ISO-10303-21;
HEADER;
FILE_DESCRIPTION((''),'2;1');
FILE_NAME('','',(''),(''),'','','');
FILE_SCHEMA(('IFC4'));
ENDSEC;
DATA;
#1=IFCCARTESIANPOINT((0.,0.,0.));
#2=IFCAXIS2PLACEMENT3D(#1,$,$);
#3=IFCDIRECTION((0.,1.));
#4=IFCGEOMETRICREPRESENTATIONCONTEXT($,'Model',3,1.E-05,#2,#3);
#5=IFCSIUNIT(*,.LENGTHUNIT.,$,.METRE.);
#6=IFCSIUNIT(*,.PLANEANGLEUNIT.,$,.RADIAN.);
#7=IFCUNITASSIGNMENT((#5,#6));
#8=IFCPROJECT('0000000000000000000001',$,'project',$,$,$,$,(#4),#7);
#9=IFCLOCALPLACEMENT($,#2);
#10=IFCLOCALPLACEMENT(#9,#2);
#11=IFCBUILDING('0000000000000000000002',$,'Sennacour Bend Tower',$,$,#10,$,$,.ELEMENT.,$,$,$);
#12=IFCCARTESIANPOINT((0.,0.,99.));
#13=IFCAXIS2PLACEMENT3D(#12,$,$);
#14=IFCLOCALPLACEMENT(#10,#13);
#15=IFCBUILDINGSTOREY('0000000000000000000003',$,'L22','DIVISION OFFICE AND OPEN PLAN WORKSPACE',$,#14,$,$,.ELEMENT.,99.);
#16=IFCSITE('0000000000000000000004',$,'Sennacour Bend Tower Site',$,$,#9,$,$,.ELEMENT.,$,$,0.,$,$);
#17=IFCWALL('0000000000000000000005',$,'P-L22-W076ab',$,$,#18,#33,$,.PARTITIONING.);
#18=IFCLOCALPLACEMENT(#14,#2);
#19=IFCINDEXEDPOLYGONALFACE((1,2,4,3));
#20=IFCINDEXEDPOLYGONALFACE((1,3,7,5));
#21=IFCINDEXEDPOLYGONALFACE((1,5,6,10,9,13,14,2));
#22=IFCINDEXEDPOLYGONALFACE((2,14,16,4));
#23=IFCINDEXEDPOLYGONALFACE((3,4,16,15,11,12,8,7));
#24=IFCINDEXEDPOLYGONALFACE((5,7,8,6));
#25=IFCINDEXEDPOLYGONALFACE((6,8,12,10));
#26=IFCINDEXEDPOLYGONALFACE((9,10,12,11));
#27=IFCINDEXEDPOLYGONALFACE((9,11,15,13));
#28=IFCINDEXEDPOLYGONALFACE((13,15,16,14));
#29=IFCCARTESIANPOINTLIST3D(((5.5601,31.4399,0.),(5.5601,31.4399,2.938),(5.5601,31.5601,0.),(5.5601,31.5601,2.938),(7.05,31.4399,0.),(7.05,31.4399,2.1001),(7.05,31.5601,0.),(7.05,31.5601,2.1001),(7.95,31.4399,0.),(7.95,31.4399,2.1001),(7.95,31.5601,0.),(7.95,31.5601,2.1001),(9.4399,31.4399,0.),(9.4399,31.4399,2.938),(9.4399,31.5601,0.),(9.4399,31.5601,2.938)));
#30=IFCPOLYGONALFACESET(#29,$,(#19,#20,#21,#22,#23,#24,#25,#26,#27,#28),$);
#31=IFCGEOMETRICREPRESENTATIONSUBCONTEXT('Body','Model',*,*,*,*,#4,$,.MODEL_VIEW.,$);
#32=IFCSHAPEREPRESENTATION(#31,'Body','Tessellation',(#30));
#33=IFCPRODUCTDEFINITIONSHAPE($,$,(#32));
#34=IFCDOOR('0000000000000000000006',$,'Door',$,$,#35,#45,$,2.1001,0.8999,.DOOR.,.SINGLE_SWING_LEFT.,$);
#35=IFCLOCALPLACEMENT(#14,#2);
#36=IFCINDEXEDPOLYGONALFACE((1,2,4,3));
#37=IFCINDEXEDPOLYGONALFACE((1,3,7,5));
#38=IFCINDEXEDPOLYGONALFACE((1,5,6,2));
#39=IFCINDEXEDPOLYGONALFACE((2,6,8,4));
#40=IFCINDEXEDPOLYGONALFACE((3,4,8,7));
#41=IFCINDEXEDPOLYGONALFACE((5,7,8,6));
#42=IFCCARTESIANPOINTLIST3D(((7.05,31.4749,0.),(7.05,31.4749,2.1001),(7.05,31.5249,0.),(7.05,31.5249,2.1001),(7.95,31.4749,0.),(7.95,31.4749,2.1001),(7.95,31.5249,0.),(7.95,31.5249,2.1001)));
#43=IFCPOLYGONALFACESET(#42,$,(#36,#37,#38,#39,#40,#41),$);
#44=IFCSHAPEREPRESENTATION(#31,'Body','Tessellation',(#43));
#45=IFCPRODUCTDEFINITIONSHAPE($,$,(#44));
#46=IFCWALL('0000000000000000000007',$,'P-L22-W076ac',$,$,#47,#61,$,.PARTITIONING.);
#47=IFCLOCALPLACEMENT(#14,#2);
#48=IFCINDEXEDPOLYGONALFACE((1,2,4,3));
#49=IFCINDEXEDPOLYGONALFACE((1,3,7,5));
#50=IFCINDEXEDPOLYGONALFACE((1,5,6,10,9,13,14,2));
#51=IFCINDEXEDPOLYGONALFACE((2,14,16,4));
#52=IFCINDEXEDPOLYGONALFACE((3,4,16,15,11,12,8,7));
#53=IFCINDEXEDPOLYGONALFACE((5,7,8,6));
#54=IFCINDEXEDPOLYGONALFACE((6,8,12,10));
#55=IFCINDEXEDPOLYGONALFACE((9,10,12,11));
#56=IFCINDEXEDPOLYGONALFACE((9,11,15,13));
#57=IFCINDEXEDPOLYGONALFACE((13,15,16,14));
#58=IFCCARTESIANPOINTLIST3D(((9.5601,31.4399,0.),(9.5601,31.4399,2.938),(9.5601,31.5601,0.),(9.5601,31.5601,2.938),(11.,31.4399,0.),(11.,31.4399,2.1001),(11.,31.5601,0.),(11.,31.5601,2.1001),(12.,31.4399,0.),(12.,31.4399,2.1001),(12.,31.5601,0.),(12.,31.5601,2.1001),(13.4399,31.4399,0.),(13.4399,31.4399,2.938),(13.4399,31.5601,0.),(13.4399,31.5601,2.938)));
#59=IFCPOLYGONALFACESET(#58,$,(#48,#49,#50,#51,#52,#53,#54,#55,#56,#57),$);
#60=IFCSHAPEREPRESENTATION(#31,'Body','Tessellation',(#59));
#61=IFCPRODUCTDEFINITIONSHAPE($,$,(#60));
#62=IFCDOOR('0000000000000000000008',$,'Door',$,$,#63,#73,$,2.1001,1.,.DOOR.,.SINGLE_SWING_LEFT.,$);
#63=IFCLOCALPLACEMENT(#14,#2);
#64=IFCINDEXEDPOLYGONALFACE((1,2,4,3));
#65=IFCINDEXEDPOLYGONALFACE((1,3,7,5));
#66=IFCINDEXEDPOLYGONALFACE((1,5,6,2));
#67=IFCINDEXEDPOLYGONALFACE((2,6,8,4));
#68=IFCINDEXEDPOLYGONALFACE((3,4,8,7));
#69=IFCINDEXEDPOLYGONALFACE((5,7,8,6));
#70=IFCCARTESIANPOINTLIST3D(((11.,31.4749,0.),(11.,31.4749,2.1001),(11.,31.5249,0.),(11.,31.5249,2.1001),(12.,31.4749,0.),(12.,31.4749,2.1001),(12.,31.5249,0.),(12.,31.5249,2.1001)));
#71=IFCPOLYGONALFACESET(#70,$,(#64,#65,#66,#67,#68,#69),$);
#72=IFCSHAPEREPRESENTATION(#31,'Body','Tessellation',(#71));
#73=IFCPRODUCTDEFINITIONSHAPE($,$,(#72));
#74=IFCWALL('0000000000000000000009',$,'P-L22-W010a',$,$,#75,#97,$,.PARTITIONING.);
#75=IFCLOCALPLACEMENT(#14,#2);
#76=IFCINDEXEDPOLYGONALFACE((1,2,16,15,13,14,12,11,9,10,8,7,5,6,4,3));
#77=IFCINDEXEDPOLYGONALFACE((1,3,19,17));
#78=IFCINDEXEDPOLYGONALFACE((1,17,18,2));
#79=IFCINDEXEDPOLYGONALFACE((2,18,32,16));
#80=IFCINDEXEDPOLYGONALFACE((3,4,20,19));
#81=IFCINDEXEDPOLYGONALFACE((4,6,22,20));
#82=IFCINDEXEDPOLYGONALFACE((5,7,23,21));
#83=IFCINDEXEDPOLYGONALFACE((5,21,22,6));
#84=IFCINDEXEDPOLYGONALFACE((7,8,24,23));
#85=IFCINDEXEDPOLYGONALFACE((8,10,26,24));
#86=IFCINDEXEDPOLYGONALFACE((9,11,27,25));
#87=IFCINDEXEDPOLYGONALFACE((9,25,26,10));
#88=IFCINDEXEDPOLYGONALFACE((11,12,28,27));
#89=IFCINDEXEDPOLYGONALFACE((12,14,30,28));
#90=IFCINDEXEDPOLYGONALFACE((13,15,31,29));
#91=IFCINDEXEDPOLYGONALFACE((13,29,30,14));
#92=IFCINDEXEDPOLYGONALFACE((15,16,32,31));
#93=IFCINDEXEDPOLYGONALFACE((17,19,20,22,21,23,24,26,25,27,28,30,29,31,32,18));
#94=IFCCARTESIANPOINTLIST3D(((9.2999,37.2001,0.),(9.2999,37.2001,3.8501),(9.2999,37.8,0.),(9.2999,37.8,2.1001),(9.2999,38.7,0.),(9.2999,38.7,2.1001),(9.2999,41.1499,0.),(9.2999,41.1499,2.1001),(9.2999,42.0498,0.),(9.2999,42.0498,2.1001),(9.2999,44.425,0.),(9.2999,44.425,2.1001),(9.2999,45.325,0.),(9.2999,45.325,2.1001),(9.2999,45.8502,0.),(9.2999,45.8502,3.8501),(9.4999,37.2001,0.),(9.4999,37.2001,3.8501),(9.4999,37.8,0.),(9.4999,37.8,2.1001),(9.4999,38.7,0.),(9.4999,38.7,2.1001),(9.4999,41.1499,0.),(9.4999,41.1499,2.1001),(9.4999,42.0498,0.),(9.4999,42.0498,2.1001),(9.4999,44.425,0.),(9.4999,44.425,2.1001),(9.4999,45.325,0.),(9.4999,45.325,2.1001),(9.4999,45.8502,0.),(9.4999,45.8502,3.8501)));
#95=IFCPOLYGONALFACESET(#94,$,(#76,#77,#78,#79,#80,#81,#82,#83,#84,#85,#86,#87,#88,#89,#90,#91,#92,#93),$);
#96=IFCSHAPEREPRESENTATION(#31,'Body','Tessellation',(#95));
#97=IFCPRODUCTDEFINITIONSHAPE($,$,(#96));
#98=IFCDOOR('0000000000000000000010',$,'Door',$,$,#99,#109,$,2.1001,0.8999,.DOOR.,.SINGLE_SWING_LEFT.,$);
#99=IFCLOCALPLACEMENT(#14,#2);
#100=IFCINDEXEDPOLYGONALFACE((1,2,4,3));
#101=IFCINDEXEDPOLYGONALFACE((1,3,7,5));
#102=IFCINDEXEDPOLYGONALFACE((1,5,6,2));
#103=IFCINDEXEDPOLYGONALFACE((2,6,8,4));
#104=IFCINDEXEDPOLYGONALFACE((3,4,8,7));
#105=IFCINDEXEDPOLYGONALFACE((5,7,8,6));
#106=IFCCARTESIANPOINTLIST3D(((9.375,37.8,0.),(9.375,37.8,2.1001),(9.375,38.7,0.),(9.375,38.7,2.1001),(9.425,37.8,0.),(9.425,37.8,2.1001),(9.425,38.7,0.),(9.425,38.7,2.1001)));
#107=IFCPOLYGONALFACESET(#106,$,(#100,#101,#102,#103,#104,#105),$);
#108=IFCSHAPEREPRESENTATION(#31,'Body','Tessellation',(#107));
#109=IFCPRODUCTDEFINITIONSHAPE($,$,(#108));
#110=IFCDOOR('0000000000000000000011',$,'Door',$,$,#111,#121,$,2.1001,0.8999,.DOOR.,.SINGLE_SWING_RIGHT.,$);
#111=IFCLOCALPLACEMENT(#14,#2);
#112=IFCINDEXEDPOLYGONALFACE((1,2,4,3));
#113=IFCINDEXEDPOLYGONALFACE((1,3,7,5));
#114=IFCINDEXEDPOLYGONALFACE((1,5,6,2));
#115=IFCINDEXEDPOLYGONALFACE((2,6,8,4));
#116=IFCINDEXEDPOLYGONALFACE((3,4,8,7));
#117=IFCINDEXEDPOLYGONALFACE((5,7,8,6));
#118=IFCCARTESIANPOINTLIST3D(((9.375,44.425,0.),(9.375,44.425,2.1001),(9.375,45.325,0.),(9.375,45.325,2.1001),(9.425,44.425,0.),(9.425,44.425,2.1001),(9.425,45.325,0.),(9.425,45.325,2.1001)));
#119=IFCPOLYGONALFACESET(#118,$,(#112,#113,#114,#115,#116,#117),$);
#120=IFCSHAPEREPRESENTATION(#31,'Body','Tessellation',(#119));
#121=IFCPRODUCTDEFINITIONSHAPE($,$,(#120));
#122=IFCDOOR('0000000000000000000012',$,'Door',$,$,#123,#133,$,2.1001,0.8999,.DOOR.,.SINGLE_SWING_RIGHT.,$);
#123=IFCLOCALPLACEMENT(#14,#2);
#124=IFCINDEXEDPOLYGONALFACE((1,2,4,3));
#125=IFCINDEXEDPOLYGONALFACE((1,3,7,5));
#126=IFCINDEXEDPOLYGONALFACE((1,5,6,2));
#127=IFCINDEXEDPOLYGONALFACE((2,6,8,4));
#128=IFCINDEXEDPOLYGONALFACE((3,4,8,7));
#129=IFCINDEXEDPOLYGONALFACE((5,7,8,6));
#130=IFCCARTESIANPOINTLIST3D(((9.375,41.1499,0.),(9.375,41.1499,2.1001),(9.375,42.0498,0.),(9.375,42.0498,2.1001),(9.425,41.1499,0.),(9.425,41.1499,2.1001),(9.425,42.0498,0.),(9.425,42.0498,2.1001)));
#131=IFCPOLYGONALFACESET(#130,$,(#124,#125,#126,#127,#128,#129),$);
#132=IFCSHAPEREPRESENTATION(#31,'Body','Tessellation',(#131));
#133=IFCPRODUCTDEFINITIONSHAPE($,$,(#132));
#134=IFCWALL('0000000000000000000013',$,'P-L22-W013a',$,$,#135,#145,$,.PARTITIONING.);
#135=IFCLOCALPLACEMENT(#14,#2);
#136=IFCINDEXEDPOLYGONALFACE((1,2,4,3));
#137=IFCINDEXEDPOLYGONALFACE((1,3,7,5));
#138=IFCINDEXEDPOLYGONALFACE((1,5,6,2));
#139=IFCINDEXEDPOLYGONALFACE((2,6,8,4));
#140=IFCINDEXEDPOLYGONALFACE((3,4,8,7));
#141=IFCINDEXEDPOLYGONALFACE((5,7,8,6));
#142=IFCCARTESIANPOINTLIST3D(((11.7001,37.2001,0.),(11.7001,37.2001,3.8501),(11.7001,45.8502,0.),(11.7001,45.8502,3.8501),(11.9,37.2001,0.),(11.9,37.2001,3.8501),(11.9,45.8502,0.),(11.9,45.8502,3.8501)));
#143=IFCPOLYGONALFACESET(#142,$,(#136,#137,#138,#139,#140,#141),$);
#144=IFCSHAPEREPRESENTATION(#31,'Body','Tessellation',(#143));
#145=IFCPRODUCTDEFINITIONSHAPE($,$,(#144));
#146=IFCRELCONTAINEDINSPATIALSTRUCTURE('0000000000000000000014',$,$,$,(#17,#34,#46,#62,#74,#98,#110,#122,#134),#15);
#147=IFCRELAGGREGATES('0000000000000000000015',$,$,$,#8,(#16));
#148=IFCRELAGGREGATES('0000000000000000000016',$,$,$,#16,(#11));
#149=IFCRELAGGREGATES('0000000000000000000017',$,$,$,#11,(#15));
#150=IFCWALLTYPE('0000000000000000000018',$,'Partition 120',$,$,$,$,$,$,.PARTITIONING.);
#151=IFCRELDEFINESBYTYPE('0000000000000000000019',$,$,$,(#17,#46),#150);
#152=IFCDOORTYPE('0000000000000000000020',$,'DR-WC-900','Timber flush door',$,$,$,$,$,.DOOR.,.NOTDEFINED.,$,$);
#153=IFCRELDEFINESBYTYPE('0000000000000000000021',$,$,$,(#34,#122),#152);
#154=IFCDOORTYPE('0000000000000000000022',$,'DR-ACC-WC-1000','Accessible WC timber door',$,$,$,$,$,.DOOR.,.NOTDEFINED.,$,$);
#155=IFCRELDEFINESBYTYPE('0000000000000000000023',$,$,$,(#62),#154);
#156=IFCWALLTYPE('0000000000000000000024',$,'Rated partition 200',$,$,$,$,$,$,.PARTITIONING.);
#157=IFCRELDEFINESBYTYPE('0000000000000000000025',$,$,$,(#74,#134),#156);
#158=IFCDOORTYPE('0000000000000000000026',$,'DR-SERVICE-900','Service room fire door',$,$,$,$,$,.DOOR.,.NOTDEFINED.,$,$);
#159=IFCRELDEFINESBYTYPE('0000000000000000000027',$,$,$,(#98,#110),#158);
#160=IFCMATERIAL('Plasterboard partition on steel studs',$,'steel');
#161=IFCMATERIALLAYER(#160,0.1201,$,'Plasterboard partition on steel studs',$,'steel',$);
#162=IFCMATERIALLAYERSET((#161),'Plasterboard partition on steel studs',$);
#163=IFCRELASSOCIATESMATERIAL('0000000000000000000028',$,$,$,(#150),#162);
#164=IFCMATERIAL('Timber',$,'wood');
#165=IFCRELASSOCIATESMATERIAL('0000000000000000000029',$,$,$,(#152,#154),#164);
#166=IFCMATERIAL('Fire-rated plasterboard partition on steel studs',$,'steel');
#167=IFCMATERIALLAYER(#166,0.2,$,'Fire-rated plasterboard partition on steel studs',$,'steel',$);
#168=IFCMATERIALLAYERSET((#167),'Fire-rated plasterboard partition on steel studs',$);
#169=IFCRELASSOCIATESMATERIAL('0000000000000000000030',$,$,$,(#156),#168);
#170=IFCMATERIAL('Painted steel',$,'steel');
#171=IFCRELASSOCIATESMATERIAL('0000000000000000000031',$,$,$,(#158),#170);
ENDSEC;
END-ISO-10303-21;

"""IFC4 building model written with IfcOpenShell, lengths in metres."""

from ifc_helpers import new_model, si_unit, direction, frame, frame_2d, origin, place, context, subcontext, project, spatial, rectangle, extrude, material, layer, layer_set, type_object, element, fill, save


model = new_model("IFC4")

# Units and contexts
model_context = context("Model", 3, precision=1e-05, world=origin(), true_north=direction((0.0, 1.0)))
body_context = subcontext(model_context, "Body", "Model", "MODEL_VIEW")
ifc_project = project(units=[si_unit("LENGTHUNIT", "METRE"), si_unit("PLANEANGLEUNIT", "RADIAN")], contexts=[model_context])

# Site, building, storey
site_placement = place(None, origin())
site = spatial("IfcSite", under=ifc_project, at=site_placement, Name="Sennacour Bend Tower Site", CompositionType="ELEMENT", RefElevation=0.0)
building_placement = place(site_placement, origin())
building = spatial("IfcBuilding", under=site, at=building_placement, Name="Sennacour Bend Tower", CompositionType="ELEMENT")
storey_placement = place(building_placement, frame((0.0, 0.0, 99.0)))
storey = spatial("IfcBuildingStorey", under=building, at=storey_placement, Name="L22", Description="DIVISION OFFICE AND OPEN PLAN WORKSPACE", CompositionType="ELEMENT", Elevation=99.0)

# Shared definitions
ifc_material_1 = material(Name="Plasterboard partition on steel studs", Category="steel")
ifc_layer_1 = layer(ifc_material_1, 0.1201, Name="Plasterboard partition on steel studs", Category="steel")
ifc_layer_set_1 = layer_set([ifc_layer_1], Name="Plasterboard partition on steel studs")
wall_type_1 = type_object("IfcWallType", Name="Partition 120", PredefinedType="PARTITIONING", material=ifc_layer_set_1)

# Walls, openings, doors
wall_1_placement = place(storey_placement, frame((5.5601, 31.5, 0.0), z_axis=(0.0, 0.0, 1.0), x_axis=(1.0, 0.0, 0.0)))
wall_1 = element("IfcWall", 1, at=wall_1_placement, inside=storey, type_object=wall_type_1, Name="P-L22-W076ab", PredefinedType="PARTITIONING", context=body_context, shape_type="SweptSolid", body=[
    extrude(rectangle(XDim=3.8799, YDim=0.1201, at=frame_2d((1.9399, 0.0))), origin(), (0.0, 0.0, 1.0), 2.938),
])
opening_1_placement = place(wall_1_placement, frame((1.49, 0.0, 0.0)))
opening_1 = element("IfcOpeningElement", 2, at=opening_1_placement, cuts=wall_1, PredefinedType="OPENING", context=body_context, shape_type="SweptSolid", body=[
    extrude(rectangle(XDim=0.8999, YDim=2.1001, at=frame_2d((0.45, 1.05))), frame((0.0, 0.0701, 0.0), z_axis=(0.0, -1.0, 0.0), x_axis=(1.0, 0.0, 0.0)), (0.0, 0.0, 1.0), 0.1401),
])
ifc_material_2 = material(Name="Timber", Category="wood")
door_type_1 = type_object("IfcDoorType", Name="DR-WC-900", Description="Timber flush door", OperationType="NOTDEFINED", PredefinedType="DOOR", material=ifc_material_2)
door_1_placement = place(opening_1_placement, origin())
door_1 = element("IfcDoor", 3, at=door_1_placement, inside=storey, type_object=door_type_1, Name="Door", OperationType="SINGLE_SWING_LEFT", OverallHeight=2.1001, OverallWidth=0.8999, PredefinedType="DOOR", context=body_context, shape_type="SweptSolid", body=[
    extrude(rectangle(XDim=0.8999, YDim=2.1001, at=frame_2d((0.45, 1.05))), frame((0.0, 0.0249, 0.0), z_axis=(0.0, -1.0, 0.0), x_axis=(1.0, 0.0, 0.0)), (0.0, 0.0, 1.0), 0.05),
])
fill(opening_1, door_1)
wall_2_placement = place(storey_placement, frame((9.5601, 31.5, 0.0), z_axis=(0.0, 0.0, 1.0), x_axis=(1.0, 0.0, 0.0)))
wall_2 = element("IfcWall", 4, at=wall_2_placement, inside=storey, type_object=wall_type_1, Name="P-L22-W076ac", PredefinedType="PARTITIONING", context=body_context, shape_type="SweptSolid", body=[
    extrude(rectangle(XDim=3.8799, YDim=0.1201, at=frame_2d((1.9399, 0.0))), origin(), (0.0, 0.0, 1.0), 2.938),
])
opening_2_placement = place(wall_2_placement, frame((1.4399, 0.0, 0.0)))
opening_2 = element("IfcOpeningElement", 5, at=opening_2_placement, cuts=wall_2, PredefinedType="OPENING", context=body_context, shape_type="SweptSolid", body=[
    extrude(rectangle(XDim=1.0, YDim=2.1001, at=frame_2d((0.5, 1.05))), frame((0.0, 0.0701, 0.0), z_axis=(0.0, -1.0, 0.0), x_axis=(1.0, 0.0, 0.0)), (0.0, 0.0, 1.0), 0.1401),
])
door_type_2 = type_object("IfcDoorType", Name="DR-ACC-WC-1000", Description="Accessible WC timber door", OperationType="NOTDEFINED", PredefinedType="DOOR", material=ifc_material_2)
door_2_placement = place(opening_2_placement, origin())
door_2 = element("IfcDoor", 6, at=door_2_placement, inside=storey, type_object=door_type_2, Name="Door", OperationType="SINGLE_SWING_LEFT", OverallHeight=2.1001, OverallWidth=1.0, PredefinedType="DOOR", context=body_context, shape_type="SweptSolid", body=[
    extrude(rectangle(XDim=1.0, YDim=2.1001, at=frame_2d((0.5, 1.05))), frame((0.0, 0.0249, 0.0), z_axis=(0.0, -1.0, 0.0), x_axis=(1.0, 0.0, 0.0)), (0.0, 0.0, 1.0), 0.05),
])
fill(opening_2, door_2)

# Wall, openings, doors
ifc_material_3 = material(Name="Fire-rated plasterboard partition on steel studs", Category="steel")
ifc_layer_2 = layer(ifc_material_3, 0.2, Name="Fire-rated plasterboard partition on steel studs", Category="steel")
ifc_layer_set_2 = layer_set([ifc_layer_2], Name="Fire-rated plasterboard partition on steel studs")
wall_type_2 = type_object("IfcWallType", Name="Rated partition 200", PredefinedType="PARTITIONING", material=ifc_layer_set_2)
wall_3_placement = place(storey_placement, frame((9.3999, 37.2, 0.0), z_axis=(0.0, 0.0, 1.0), x_axis=(0.0, 1.0, 0.0)))
wall_3 = element("IfcWall", 7, at=wall_3_placement, inside=storey, type_object=wall_type_2, Name="P-L22-W010a", PredefinedType="PARTITIONING", context=body_context, shape_type="SweptSolid", body=[
    extrude(rectangle(XDim=8.6501, YDim=0.2, at=frame_2d((4.3252, 0.0))), origin(), (0.0, 0.0, 1.0), 3.8501),
])
opening_3_placement = place(wall_3_placement, frame((0.6001, 0.0, 0.0)))
opening_3 = element("IfcOpeningElement", 8, at=opening_3_placement, cuts=wall_3, PredefinedType="OPENING", context=body_context, shape_type="SweptSolid", body=[
    extrude(rectangle(XDim=0.8999, YDim=2.1001, at=frame_2d((0.45, 1.05))), frame((0.0, 0.1099, 0.0), z_axis=(0.0, -1.0, 0.0), x_axis=(1.0, 0.0, 0.0)), (0.0, 0.0, 1.0), 0.22),
])
opening_4_placement = place(wall_3_placement, frame((3.95, 0.0, 0.0)))
opening_4 = element("IfcOpeningElement", 9, at=opening_4_placement, cuts=wall_3, PredefinedType="OPENING", context=body_context, shape_type="SweptSolid", body=[
    extrude(rectangle(XDim=0.8999, YDim=2.1001, at=frame_2d((0.45, 1.05))), frame((0.0, 0.1099, 0.0), z_axis=(0.0, -1.0, 0.0), x_axis=(1.0, 0.0, 0.0)), (0.0, 0.0, 1.0), 0.22),
])
opening_5_placement = place(wall_3_placement, frame((7.2251, 0.0, 0.0)))
opening_5 = element("IfcOpeningElement", 10, at=opening_5_placement, cuts=wall_3, PredefinedType="OPENING", context=body_context, shape_type="SweptSolid", body=[
    extrude(rectangle(XDim=0.8999, YDim=2.1001, at=frame_2d((0.45, 1.05))), frame((0.0, 0.1099, 0.0), z_axis=(0.0, -1.0, 0.0), x_axis=(1.0, 0.0, 0.0)), (0.0, 0.0, 1.0), 0.22),
])
ifc_material_4 = material(Name="Painted steel", Category="steel")
door_type_3 = type_object("IfcDoorType", Name="DR-SERVICE-900", Description="Service room fire door", OperationType="NOTDEFINED", PredefinedType="DOOR", material=ifc_material_4)
door_3_placement = place(opening_3_placement, origin())
door_3 = element("IfcDoor", 11, at=door_3_placement, inside=storey, type_object=door_type_3, Name="Door", OperationType="SINGLE_SWING_LEFT", OverallHeight=2.1001, OverallWidth=0.8999, PredefinedType="DOOR", context=body_context, shape_type="SweptSolid", body=[
    extrude(rectangle(XDim=0.8999, YDim=2.1001, at=frame_2d((0.45, 1.05))), frame((0.0, 0.0249, 0.0), z_axis=(0.0, -1.0, 0.0), x_axis=(1.0, 0.0, 0.0)), (0.0, 0.0, 1.0), 0.05),
])
fill(opening_3, door_3)
door_4_placement = place(opening_5_placement, origin())
door_4 = element("IfcDoor", 12, at=door_4_placement, inside=storey, type_object=door_type_3, Name="Door", OperationType="SINGLE_SWING_RIGHT", OverallHeight=2.1001, OverallWidth=0.8999, PredefinedType="DOOR", context=body_context, shape_type="SweptSolid", body=[
    extrude(rectangle(XDim=0.8999, YDim=2.1001, at=frame_2d((0.45, 1.05))), frame((0.0, 0.0249, 0.0), z_axis=(0.0, -1.0, 0.0), x_axis=(1.0, 0.0, 0.0)), (0.0, 0.0, 1.0), 0.05),
])
fill(opening_5, door_4)
door_5_placement = place(opening_4_placement, origin())
door_5 = element("IfcDoor", 13, at=door_5_placement, inside=storey, type_object=door_type_1, Name="Door", OperationType="SINGLE_SWING_RIGHT", OverallHeight=2.1001, OverallWidth=0.8999, PredefinedType="DOOR", context=body_context, shape_type="SweptSolid", body=[
    extrude(rectangle(XDim=0.8999, YDim=2.1001, at=frame_2d((0.45, 1.05))), frame((0.0, 0.0249, 0.0), z_axis=(0.0, -1.0, 0.0), x_axis=(1.0, 0.0, 0.0)), (0.0, 0.0, 1.0), 0.05),
])
fill(opening_4, door_5)

# Wall
wall_4_placement = place(storey_placement, frame((11.8, 37.2, 0.0), z_axis=(0.0, 0.0, 1.0), x_axis=(0.0, 1.0, 0.0)))
element("IfcWall", 14, at=wall_4_placement, inside=storey, type_object=wall_type_2, Name="P-L22-W013a", PredefinedType="PARTITIONING", context=body_context, shape_type="SweptSolid", body=[
    extrude(rectangle(XDim=8.6501, YDim=0.2, at=frame_2d((4.3252, 0.0))), origin(), (0.0, 0.0, 1.0), 3.8501),
])

save(model, "model.ifc")
